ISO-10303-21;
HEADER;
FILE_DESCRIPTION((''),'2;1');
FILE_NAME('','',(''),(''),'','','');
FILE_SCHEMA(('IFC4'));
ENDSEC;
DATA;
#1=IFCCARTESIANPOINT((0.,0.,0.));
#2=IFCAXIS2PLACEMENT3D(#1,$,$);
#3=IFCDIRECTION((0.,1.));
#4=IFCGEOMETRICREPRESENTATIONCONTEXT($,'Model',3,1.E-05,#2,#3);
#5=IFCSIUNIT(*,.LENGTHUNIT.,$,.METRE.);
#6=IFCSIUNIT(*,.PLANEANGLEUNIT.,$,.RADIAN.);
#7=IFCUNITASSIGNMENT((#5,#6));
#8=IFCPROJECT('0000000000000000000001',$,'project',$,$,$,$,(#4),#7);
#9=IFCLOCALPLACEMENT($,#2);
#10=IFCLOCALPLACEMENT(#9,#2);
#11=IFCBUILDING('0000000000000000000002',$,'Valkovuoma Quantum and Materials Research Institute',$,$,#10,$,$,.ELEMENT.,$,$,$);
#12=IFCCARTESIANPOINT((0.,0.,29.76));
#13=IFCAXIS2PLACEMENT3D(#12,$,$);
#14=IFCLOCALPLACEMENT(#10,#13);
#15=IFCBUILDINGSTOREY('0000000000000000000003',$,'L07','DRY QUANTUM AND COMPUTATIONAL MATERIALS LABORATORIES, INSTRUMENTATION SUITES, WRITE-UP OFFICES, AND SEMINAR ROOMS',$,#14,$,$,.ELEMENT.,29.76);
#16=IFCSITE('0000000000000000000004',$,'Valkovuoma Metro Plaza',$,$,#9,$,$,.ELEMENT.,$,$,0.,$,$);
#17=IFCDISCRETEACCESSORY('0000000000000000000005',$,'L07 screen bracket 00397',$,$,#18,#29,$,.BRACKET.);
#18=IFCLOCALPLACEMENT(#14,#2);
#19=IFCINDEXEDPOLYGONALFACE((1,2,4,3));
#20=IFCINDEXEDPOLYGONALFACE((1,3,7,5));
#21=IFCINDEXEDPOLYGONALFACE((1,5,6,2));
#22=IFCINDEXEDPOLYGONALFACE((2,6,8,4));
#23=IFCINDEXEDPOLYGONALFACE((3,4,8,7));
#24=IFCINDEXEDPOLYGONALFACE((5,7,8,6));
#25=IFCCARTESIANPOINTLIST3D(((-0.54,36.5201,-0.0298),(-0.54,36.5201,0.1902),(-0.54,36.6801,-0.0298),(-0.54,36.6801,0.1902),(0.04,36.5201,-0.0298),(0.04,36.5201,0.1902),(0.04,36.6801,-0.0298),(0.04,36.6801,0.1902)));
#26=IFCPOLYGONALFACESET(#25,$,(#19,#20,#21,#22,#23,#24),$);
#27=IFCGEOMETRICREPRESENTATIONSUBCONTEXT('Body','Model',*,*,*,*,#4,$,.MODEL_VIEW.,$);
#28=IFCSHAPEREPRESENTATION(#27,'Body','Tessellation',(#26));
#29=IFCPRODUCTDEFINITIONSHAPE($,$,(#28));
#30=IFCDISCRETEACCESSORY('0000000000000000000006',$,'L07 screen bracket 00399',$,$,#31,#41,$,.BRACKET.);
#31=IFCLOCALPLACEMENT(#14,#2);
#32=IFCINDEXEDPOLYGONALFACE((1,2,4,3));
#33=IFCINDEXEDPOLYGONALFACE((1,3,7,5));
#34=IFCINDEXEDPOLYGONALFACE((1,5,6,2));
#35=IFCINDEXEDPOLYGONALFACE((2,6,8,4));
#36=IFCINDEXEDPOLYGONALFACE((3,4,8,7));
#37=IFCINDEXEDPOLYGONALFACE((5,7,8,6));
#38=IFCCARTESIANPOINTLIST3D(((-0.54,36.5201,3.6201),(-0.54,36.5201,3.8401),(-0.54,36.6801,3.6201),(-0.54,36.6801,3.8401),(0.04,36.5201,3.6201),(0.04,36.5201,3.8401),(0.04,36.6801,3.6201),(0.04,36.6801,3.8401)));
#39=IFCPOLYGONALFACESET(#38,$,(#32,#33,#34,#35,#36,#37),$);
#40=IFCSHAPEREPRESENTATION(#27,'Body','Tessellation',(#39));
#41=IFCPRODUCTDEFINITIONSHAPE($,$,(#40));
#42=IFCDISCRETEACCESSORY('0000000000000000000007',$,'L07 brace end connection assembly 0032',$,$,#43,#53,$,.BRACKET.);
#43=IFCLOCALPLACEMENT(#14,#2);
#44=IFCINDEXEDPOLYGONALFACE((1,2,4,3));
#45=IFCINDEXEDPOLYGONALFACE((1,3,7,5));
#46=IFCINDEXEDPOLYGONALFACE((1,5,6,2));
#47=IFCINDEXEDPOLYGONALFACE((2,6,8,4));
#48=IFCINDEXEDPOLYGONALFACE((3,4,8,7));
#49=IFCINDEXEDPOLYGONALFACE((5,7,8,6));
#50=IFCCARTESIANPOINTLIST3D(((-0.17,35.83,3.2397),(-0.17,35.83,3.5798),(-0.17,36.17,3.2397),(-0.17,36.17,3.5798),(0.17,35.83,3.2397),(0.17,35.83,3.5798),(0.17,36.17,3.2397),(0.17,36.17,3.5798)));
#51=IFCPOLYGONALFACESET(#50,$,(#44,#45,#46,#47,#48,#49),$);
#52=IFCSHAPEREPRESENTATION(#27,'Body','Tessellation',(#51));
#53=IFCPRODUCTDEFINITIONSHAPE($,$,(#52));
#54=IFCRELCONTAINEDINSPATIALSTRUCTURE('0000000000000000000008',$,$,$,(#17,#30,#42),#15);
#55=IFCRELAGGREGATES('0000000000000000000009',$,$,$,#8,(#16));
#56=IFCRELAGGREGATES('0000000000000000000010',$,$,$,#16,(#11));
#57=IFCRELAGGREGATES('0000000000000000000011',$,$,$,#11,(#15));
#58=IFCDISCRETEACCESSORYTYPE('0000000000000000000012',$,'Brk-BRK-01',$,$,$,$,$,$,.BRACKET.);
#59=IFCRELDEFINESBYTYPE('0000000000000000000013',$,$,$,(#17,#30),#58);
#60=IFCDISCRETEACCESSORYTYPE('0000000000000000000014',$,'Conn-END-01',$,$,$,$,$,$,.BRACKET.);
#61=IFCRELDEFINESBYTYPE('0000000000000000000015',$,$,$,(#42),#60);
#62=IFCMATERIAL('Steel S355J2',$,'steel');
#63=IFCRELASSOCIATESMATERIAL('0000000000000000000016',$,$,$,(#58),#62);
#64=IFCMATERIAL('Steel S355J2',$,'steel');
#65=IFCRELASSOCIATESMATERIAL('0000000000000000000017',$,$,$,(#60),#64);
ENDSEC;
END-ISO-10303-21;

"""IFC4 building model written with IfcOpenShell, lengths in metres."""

from ifc_helpers import new_model, si_unit, direction, frame, origin, origin_2d, place, context, subcontext, project, spatial, rectangle, extrude, material, type_object, element, save


model = new_model("IFC4")

# Units and contexts
model_context = context("Model", 3, precision=1e-05, world=origin(), true_north=direction((0.0, 1.0)))
body_context = subcontext(model_context, "Body", "Model", "MODEL_VIEW")
ifc_project = project(units=[si_unit("LENGTHUNIT", "METRE"), si_unit("PLANEANGLEUNIT", "RADIAN")], contexts=[model_context])

# Site, building, storey
site_placement = place(None, origin())
site = spatial("IfcSite", under=ifc_project, at=site_placement, Name="Valkovuoma Metro Plaza", CompositionType="ELEMENT", RefElevation=0.0)
building_placement = place(site_placement, origin())
building = spatial("IfcBuilding", under=site, at=building_placement, Name="Valkovuoma Quantum and Materials Research Institute", CompositionType="ELEMENT")
storey_placement = place(building_placement, frame((0.0, 0.0, 29.76)))
storey = spatial("IfcBuildingStorey", under=building, at=storey_placement, Name="L07", Description="DRY QUANTUM AND COMPUTATIONAL MATERIALS LABORATORIES, INSTRUMENTATION SUITES, WRITE-UP OFFICES, AND SEMINAR ROOMS", CompositionType="ELEMENT", Elevation=29.76)

# Discrete accessories
ifc_material_1 = material(Name="Steel S355J2", Category="steel")
discrete_accessory_type_1 = type_object("IfcDiscreteAccessoryType", Name="Brk-BRK-01", PredefinedType="BRACKET", material=ifc_material_1)
for number, where, z_axis, x_axis, name in (
    (1, (-0.25, 36.6001, -0.0298), (0.0, 0.0, 1.0), (1.0, 0.0, 0.0), "L07 screen bracket 00397"),
    (2, (-0.25, 36.6001, 3.6201), (0.0, 0.0, 1.0), (1.0, 0.0, 0.0), "L07 screen bracket 00399"),
):
    element("IfcDiscreteAccessory", number, at=place(storey_placement, frame(where, z_axis=z_axis, x_axis=x_axis)), inside=storey, type_object=discrete_accessory_type_1, Name=name, PredefinedType="BRACKET", context=body_context, shape_type="SweptSolid", body=[
        extrude(rectangle(XDim=0.5801, YDim=0.1599, at=origin_2d()), origin(), (0.0, 0.0, 1.0), 0.22),
    ])
ifc_material_2 = material(Name="Steel S355J2", Category="steel")
discrete_accessory_type_2 = type_object("IfcDiscreteAccessoryType", Name="Conn-END-01", PredefinedType="BRACKET", material=ifc_material_2)
discrete_accessory_placement = place(storey_placement, frame((0.0, 36.0, 3.2397), z_axis=(0.0, 0.0, 1.0), x_axis=(1.0, 0.0, 0.0)))
element("IfcDiscreteAccessory", 3, at=discrete_accessory_placement, inside=storey, type_object=discrete_accessory_type_2, Name="L07 brace end connection assembly 0032", PredefinedType="BRACKET", context=body_context, shape_type="SweptSolid", body=[
    extrude(rectangle(XDim=0.3401, YDim=0.3401, at=origin_2d()), origin(), (0.0, 0.0, 1.0), 0.3401),
])

save(model, "model.ifc")
